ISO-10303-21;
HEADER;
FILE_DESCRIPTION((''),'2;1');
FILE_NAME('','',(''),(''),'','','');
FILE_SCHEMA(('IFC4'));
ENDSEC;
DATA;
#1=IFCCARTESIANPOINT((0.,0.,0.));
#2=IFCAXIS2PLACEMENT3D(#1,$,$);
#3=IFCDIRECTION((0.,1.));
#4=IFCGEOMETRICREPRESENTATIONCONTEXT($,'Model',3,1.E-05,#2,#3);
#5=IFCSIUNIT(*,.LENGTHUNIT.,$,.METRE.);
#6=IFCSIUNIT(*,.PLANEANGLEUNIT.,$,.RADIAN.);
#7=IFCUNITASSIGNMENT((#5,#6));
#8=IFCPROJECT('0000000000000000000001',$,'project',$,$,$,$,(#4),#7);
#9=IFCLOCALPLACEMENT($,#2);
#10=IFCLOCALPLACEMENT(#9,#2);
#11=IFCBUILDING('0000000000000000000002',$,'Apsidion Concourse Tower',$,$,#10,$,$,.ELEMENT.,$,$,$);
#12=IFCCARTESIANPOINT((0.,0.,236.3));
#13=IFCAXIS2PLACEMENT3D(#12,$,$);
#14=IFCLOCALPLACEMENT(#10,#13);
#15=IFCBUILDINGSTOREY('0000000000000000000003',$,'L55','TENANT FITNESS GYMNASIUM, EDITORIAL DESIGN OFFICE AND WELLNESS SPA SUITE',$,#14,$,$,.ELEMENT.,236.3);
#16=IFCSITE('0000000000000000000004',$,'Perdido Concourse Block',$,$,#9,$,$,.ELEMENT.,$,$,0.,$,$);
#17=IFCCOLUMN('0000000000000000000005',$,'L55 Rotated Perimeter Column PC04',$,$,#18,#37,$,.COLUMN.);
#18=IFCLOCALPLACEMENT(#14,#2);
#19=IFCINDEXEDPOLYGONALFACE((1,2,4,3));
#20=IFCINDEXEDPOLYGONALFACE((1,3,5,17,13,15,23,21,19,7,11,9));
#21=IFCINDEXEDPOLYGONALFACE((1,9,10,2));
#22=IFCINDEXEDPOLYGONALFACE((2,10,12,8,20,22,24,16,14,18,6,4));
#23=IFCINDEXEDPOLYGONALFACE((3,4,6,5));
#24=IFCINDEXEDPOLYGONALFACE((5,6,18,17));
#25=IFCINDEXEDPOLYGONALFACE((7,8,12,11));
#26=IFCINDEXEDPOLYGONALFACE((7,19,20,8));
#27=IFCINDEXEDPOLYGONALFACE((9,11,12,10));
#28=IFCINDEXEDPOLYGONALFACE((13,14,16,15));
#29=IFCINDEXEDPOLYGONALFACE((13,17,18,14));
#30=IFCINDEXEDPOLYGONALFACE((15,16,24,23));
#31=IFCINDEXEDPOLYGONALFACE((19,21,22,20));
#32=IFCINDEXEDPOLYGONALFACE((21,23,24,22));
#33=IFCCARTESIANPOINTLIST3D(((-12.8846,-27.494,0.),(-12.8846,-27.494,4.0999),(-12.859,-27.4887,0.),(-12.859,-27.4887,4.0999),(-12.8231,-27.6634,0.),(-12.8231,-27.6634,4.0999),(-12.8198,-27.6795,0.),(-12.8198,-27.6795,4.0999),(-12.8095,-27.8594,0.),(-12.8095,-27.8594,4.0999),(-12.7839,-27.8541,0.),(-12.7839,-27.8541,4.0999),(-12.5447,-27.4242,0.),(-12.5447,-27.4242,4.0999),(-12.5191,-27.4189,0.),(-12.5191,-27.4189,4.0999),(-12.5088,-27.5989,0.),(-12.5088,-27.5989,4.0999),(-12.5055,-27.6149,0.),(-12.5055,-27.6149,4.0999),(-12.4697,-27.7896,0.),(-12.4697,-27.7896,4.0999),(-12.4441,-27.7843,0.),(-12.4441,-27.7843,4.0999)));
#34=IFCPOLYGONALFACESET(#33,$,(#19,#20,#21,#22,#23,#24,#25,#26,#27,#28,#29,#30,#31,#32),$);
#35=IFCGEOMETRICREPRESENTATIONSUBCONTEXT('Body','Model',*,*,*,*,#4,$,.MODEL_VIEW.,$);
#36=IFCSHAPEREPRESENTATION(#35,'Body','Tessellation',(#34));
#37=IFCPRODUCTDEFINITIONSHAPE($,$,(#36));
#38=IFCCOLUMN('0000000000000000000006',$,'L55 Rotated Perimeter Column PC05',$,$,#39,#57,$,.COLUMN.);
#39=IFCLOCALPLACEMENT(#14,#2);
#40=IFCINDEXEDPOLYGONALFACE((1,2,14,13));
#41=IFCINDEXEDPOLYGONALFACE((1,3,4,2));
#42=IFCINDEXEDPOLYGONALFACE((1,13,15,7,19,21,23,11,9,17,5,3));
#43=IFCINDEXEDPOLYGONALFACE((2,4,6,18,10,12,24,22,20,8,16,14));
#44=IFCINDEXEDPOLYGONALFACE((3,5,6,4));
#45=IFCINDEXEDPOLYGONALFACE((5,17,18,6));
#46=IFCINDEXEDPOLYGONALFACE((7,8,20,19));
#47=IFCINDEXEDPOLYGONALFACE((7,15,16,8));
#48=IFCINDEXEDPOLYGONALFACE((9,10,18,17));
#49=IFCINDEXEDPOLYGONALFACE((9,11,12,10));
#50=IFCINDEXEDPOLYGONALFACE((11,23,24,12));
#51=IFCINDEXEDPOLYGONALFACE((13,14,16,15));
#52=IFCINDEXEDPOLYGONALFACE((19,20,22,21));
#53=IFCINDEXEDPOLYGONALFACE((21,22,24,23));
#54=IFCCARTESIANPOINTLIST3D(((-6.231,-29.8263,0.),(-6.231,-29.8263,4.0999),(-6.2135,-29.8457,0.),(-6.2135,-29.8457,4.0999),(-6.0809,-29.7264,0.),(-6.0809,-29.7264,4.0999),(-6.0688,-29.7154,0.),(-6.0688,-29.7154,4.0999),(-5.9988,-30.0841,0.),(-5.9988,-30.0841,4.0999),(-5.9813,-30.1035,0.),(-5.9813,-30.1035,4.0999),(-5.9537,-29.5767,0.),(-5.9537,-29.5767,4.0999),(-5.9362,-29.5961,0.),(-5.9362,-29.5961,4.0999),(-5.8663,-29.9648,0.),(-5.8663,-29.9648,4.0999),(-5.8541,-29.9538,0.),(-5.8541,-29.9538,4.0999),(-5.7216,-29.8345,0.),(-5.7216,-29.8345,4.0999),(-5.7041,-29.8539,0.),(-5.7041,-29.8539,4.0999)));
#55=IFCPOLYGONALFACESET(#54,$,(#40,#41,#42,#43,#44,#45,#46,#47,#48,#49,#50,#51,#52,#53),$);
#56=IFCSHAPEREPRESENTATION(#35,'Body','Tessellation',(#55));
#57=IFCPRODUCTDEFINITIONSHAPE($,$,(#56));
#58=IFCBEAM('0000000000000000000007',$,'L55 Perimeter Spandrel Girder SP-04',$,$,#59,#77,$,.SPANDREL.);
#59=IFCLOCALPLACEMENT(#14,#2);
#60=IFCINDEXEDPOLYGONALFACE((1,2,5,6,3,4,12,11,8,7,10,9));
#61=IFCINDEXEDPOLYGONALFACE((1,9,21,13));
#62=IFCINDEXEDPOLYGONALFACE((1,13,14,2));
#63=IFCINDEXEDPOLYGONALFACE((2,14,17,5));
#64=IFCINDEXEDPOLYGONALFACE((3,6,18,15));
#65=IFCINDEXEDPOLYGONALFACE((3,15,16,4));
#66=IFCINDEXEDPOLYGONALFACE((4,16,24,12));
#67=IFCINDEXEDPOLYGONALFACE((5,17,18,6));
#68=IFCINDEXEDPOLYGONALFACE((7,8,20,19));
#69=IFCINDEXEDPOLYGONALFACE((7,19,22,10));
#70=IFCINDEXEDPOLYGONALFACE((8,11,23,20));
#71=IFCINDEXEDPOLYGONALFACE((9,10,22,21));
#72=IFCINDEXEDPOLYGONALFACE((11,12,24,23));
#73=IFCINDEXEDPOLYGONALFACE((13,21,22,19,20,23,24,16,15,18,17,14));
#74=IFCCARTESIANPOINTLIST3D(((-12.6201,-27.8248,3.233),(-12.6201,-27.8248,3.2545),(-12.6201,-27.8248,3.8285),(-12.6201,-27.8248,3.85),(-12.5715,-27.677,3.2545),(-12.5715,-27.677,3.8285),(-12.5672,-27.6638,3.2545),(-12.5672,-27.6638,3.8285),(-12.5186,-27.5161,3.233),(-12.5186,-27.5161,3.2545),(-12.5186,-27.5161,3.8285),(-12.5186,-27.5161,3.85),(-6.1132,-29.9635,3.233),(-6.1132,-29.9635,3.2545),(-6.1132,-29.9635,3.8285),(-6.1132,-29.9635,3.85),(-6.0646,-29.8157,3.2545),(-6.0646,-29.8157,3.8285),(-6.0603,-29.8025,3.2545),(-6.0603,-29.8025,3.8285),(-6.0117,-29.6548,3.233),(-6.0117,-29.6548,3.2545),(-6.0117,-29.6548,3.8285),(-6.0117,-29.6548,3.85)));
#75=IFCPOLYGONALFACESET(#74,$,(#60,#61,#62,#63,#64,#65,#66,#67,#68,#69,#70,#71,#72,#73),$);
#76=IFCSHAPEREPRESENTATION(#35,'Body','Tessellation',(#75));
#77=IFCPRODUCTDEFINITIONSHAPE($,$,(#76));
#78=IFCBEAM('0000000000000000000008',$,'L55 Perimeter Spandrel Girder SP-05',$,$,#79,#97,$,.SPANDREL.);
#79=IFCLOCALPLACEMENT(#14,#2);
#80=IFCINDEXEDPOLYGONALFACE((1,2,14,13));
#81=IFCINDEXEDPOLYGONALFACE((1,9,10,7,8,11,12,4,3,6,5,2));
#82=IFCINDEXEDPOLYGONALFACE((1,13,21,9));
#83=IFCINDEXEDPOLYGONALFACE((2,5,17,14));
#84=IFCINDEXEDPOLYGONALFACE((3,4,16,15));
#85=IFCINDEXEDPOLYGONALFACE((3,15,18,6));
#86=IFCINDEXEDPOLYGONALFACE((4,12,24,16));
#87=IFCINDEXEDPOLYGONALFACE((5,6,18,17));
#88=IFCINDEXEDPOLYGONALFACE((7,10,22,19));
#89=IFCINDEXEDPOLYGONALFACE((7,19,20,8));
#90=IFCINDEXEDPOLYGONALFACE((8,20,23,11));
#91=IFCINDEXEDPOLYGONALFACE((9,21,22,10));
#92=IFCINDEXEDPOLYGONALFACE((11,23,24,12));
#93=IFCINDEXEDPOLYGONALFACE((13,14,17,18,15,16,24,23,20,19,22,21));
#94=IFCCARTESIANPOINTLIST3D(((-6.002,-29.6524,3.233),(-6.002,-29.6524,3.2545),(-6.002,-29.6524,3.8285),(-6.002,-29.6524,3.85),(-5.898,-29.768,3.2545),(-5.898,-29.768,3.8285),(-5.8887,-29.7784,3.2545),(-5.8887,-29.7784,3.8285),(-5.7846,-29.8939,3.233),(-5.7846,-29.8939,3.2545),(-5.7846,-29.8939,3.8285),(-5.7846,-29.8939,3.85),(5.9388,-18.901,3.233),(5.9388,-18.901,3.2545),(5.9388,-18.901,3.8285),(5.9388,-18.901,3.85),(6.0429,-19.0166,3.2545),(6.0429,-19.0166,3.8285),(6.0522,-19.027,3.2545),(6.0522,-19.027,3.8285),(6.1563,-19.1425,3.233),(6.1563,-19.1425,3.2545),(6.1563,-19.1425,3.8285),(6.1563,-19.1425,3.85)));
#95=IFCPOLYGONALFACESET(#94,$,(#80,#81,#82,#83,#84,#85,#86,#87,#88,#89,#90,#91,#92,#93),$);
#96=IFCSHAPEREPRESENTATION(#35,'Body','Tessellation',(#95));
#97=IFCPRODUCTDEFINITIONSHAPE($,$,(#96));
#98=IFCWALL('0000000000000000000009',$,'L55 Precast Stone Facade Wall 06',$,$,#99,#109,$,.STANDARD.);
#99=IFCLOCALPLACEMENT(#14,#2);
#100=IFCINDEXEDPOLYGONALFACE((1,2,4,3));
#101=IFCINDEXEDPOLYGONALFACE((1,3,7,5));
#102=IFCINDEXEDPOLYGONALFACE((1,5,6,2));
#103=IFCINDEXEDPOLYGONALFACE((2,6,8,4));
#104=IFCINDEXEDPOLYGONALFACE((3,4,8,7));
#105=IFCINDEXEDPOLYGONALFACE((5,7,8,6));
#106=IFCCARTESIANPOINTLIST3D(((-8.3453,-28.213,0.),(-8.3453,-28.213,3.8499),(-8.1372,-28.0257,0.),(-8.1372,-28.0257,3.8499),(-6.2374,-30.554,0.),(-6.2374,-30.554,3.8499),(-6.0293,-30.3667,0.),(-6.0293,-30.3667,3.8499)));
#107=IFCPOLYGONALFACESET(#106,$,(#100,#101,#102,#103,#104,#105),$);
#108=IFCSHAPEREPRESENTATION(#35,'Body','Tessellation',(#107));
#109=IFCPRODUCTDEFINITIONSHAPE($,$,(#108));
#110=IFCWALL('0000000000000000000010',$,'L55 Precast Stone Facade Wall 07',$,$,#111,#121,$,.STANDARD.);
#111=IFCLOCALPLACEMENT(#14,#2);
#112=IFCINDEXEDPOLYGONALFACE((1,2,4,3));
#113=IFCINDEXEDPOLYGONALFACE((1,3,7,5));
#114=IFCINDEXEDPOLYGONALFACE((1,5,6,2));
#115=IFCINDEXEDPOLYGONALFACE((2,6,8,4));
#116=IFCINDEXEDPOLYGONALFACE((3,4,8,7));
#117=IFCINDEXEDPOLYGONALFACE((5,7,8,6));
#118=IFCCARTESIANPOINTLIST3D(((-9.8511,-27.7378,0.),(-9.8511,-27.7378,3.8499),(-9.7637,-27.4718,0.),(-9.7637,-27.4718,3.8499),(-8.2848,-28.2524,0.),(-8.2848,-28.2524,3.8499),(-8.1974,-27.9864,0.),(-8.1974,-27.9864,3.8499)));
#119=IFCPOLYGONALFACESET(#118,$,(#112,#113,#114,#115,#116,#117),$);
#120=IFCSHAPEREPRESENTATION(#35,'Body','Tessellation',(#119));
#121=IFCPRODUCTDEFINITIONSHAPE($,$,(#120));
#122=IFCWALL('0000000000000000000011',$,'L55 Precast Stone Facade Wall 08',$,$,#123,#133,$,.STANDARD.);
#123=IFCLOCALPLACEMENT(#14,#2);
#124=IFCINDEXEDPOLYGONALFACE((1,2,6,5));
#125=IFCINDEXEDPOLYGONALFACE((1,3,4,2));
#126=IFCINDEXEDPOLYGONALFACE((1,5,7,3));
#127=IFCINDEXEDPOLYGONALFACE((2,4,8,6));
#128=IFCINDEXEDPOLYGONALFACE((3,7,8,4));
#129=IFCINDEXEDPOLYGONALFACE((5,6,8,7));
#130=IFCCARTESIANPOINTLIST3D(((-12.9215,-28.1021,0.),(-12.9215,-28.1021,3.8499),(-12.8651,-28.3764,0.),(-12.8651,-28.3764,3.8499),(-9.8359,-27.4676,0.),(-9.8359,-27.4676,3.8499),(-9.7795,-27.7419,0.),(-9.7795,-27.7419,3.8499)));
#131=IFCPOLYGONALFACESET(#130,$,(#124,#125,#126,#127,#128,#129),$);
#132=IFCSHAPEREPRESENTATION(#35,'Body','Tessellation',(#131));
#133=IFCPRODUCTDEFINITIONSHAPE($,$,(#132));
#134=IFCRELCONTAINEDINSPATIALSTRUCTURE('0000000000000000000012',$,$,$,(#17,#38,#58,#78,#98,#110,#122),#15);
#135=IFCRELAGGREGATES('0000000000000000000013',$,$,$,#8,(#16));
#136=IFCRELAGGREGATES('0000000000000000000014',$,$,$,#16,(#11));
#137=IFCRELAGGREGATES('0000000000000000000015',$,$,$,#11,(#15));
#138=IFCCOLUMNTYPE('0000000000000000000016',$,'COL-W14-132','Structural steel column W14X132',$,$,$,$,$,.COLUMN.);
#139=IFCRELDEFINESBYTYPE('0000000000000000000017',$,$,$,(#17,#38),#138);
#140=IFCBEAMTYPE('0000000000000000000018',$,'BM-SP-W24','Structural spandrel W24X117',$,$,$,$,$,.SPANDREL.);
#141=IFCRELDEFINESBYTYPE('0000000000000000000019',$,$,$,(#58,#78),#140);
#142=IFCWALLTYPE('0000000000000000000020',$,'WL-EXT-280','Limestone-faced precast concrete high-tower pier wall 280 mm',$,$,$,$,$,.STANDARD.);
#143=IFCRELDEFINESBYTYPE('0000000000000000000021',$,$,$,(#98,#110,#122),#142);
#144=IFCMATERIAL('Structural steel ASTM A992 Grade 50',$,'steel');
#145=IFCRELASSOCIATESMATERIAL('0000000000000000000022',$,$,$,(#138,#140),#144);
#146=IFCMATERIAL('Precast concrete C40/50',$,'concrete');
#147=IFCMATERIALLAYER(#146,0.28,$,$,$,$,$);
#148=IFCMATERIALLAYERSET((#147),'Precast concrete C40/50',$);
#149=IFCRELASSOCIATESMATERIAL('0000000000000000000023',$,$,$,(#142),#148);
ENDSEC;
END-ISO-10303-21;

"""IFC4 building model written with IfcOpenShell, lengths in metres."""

from ifc_helpers import new_model, si_unit, direction, frame, frame_2d, origin, origin_2d, place, context, subcontext, project, spatial, rectangle, i_section, extrude, material, layer, layer_set, material_profile, profile_set, type_object, element, save


model = new_model("IFC4")

# Units and contexts
model_context = context("Model", 3, precision=1e-05, world=origin(), true_north=direction((0.0, 1.0)))
body_context = subcontext(model_context, "Body", "Model", "MODEL_VIEW")
ifc_project = project(units=[si_unit("LENGTHUNIT", "METRE"), si_unit("PLANEANGLEUNIT", "RADIAN")], contexts=[model_context])

# Site, building, storey
site_placement = place(None, origin())
site = spatial("IfcSite", under=ifc_project, at=site_placement, Name="Perdido Concourse Block", CompositionType="ELEMENT", RefElevation=0.0)
building_placement = place(site_placement, origin())
building = spatial("IfcBuilding", under=site, at=building_placement, Name="Apsidion Concourse Tower", CompositionType="ELEMENT")
storey_placement = place(building_placement, frame((0.0, 0.0, 236.3)))
storey = spatial("IfcBuildingStorey", under=building, at=storey_placement, Name="L55", Description="TENANT FITNESS GYMNASIUM, EDITORIAL DESIGN OFFICE AND WELLNESS SPA SUITE", CompositionType="ELEMENT", Elevation=236.3)

# Columns
ifc_material_1 = material(Name="Structural steel ASTM A992 Grade 50", Category="steel")
ifc_material_profile_1 = material_profile(ifc_material_1, i_section(OverallWidth=0.373, OverallDepth=0.373, WebThickness=0.0164, FlangeThickness=0.0261, at=origin_2d()), Name="W14X132")
ifc_profile_set_1 = profile_set([ifc_material_profile_1], Name="Structural steel ASTM A992 Grade 50")
column_type = type_object("IfcColumnType", Name="COL-W14-132", Description="Structural steel column W14X132", PredefinedType="COLUMN", material=ifc_profile_set_1)
for number, where, z_axis, x_axis, name in (
    (1, (-12.6643, -27.6392, 0.0), (0.0, 0.0, 1.0), (-0.201249, 0.97954, 0.0), "L55 Rotated Perimeter Column PC04"),
    (2, (-5.9675, -29.8401, 0.0), (0.0, 0.0, 1.0), (0.743145, 0.669131, 0.0), "L55 Rotated Perimeter Column PC05"),
):
    element("IfcColumn", number, at=place(storey_placement, frame(where, z_axis=z_axis, x_axis=x_axis)), inside=storey, type_object=column_type, Name=name, PredefinedType="COLUMN", context=body_context, shape_type="SweptSolid", body=[
        extrude(i_section(OverallWidth=0.373, OverallDepth=0.373, WebThickness=0.0164, FlangeThickness=0.0261, at=origin_2d()), origin(), (0.0, 0.0, 1.0), 4.0999),
    ])

# Beams
ifc_material_profile_2 = material_profile(ifc_material_1, i_section(OverallWidth=0.325, OverallDepth=0.6169, WebThickness=0.0139, FlangeThickness=0.0215, at=origin_2d()), Name="W24X117")
ifc_profile_set_2 = profile_set([ifc_material_profile_2], Name="Structural steel ASTM A992 Grade 50")
beam_type = type_object("IfcBeamType", Name="BM-SP-W24", Description="Structural spandrel W24X117", PredefinedType="SPANDREL", material=ifc_profile_set_2)
beam_1_placement = place(storey_placement, frame((-12.5693, -27.6704, 3.5415), z_axis=(0.950001, -0.312247, 0.0), x_axis=(0.312247, 0.950001, 0.0)))
element("IfcBeam", 3, at=beam_1_placement, inside=storey, type_object=beam_type, Name="L55 Perimeter Spandrel Girder SP-04", PredefinedType="SPANDREL", context=body_context, shape_type="SweptSolid", body=[
    extrude(i_section(OverallWidth=0.325, OverallDepth=0.6169, WebThickness=0.0139, FlangeThickness=0.0215, at=origin_2d()), origin(), (0.0, 0.0, 1.0), 6.8494),
])
beam_2_placement = place(storey_placement, frame((-5.8933, -29.7732, 3.5415), z_axis=(0.743151, 0.669124, 0.0), x_axis=(-0.669124, 0.743151, 0.0)))
element("IfcBeam", 4, at=beam_2_placement, inside=storey, type_object=beam_type, Name="L55 Perimeter Spandrel Girder SP-05", PredefinedType="SPANDREL", context=body_context, shape_type="SweptSolid", body=[
    extrude(i_section(OverallWidth=0.325, OverallDepth=0.6169, WebThickness=0.0139, FlangeThickness=0.0215, at=origin_2d()), origin(), (0.0, 0.0, 1.0), 16.0679),
])

# Walls
ifc_material_2 = material(Name="Precast concrete C40/50", Category="concrete")
ifc_layer_1 = layer(ifc_material_2, 0.28)
ifc_layer_set_1 = layer_set([ifc_layer_1], Name="Precast concrete C40/50")
wall_type_1 = type_object("IfcWallType", Name="WL-EXT-280", Description="Limestone-faced precast concrete high-tower pier wall 280 mm", PredefinedType="STANDARD", material=ifc_layer_set_1)
wall_1_placement = place(storey_placement, frame((-6.1333, -30.4604, 0.0), z_axis=(0.0, 0.0, 1.0), x_axis=(-0.669132, 0.743144, 0.0)))
element("IfcWall", 5, at=wall_1_placement, inside=storey, type_object=wall_type_1, Name="L55 Precast Stone Facade Wall 06", PredefinedType="STANDARD", context=body_context, shape_type="SweptSolid", body=[
    extrude(rectangle(XDim=3.1501, YDim=0.28, at=frame_2d((1.5752, 0.0))), origin(), (0.0, 0.0, 1.0), 3.8499),
])
wall_2_placement = place(storey_placement, frame((-8.2412, -28.1194, 0.0), z_axis=(0.0, 0.0, 1.0), x_axis=(-0.950037, 0.312138, 0.0)))
element("IfcWall", 6, at=wall_2_placement, inside=storey, type_object=wall_type_1, Name="L55 Precast Stone Facade Wall 07", PredefinedType="STANDARD", context=body_context, shape_type="SweptSolid", body=[
    extrude(rectangle(XDim=1.6487, YDim=0.28, at=frame_2d((0.8242, 0.0))), origin(), (0.0, 0.0, 1.0), 3.8499),
])
wall_3_placement = place(storey_placement, frame((-9.8076, -27.6047, 0.0), z_axis=(0.0, 0.0, 1.0), x_axis=(-0.979505, -0.201419, 0.0)))
element("IfcWall", 7, at=wall_3_placement, inside=storey, type_object=wall_type_1, Name="L55 Precast Stone Facade Wall 08", PredefinedType="STANDARD", context=body_context, shape_type="SweptSolid", body=[
    extrude(rectangle(XDim=3.1501, YDim=0.28, at=frame_2d((1.5752, 0.0))), origin(), (0.0, 0.0, 1.0), 3.8499),
])

save(model, "model.ifc")
